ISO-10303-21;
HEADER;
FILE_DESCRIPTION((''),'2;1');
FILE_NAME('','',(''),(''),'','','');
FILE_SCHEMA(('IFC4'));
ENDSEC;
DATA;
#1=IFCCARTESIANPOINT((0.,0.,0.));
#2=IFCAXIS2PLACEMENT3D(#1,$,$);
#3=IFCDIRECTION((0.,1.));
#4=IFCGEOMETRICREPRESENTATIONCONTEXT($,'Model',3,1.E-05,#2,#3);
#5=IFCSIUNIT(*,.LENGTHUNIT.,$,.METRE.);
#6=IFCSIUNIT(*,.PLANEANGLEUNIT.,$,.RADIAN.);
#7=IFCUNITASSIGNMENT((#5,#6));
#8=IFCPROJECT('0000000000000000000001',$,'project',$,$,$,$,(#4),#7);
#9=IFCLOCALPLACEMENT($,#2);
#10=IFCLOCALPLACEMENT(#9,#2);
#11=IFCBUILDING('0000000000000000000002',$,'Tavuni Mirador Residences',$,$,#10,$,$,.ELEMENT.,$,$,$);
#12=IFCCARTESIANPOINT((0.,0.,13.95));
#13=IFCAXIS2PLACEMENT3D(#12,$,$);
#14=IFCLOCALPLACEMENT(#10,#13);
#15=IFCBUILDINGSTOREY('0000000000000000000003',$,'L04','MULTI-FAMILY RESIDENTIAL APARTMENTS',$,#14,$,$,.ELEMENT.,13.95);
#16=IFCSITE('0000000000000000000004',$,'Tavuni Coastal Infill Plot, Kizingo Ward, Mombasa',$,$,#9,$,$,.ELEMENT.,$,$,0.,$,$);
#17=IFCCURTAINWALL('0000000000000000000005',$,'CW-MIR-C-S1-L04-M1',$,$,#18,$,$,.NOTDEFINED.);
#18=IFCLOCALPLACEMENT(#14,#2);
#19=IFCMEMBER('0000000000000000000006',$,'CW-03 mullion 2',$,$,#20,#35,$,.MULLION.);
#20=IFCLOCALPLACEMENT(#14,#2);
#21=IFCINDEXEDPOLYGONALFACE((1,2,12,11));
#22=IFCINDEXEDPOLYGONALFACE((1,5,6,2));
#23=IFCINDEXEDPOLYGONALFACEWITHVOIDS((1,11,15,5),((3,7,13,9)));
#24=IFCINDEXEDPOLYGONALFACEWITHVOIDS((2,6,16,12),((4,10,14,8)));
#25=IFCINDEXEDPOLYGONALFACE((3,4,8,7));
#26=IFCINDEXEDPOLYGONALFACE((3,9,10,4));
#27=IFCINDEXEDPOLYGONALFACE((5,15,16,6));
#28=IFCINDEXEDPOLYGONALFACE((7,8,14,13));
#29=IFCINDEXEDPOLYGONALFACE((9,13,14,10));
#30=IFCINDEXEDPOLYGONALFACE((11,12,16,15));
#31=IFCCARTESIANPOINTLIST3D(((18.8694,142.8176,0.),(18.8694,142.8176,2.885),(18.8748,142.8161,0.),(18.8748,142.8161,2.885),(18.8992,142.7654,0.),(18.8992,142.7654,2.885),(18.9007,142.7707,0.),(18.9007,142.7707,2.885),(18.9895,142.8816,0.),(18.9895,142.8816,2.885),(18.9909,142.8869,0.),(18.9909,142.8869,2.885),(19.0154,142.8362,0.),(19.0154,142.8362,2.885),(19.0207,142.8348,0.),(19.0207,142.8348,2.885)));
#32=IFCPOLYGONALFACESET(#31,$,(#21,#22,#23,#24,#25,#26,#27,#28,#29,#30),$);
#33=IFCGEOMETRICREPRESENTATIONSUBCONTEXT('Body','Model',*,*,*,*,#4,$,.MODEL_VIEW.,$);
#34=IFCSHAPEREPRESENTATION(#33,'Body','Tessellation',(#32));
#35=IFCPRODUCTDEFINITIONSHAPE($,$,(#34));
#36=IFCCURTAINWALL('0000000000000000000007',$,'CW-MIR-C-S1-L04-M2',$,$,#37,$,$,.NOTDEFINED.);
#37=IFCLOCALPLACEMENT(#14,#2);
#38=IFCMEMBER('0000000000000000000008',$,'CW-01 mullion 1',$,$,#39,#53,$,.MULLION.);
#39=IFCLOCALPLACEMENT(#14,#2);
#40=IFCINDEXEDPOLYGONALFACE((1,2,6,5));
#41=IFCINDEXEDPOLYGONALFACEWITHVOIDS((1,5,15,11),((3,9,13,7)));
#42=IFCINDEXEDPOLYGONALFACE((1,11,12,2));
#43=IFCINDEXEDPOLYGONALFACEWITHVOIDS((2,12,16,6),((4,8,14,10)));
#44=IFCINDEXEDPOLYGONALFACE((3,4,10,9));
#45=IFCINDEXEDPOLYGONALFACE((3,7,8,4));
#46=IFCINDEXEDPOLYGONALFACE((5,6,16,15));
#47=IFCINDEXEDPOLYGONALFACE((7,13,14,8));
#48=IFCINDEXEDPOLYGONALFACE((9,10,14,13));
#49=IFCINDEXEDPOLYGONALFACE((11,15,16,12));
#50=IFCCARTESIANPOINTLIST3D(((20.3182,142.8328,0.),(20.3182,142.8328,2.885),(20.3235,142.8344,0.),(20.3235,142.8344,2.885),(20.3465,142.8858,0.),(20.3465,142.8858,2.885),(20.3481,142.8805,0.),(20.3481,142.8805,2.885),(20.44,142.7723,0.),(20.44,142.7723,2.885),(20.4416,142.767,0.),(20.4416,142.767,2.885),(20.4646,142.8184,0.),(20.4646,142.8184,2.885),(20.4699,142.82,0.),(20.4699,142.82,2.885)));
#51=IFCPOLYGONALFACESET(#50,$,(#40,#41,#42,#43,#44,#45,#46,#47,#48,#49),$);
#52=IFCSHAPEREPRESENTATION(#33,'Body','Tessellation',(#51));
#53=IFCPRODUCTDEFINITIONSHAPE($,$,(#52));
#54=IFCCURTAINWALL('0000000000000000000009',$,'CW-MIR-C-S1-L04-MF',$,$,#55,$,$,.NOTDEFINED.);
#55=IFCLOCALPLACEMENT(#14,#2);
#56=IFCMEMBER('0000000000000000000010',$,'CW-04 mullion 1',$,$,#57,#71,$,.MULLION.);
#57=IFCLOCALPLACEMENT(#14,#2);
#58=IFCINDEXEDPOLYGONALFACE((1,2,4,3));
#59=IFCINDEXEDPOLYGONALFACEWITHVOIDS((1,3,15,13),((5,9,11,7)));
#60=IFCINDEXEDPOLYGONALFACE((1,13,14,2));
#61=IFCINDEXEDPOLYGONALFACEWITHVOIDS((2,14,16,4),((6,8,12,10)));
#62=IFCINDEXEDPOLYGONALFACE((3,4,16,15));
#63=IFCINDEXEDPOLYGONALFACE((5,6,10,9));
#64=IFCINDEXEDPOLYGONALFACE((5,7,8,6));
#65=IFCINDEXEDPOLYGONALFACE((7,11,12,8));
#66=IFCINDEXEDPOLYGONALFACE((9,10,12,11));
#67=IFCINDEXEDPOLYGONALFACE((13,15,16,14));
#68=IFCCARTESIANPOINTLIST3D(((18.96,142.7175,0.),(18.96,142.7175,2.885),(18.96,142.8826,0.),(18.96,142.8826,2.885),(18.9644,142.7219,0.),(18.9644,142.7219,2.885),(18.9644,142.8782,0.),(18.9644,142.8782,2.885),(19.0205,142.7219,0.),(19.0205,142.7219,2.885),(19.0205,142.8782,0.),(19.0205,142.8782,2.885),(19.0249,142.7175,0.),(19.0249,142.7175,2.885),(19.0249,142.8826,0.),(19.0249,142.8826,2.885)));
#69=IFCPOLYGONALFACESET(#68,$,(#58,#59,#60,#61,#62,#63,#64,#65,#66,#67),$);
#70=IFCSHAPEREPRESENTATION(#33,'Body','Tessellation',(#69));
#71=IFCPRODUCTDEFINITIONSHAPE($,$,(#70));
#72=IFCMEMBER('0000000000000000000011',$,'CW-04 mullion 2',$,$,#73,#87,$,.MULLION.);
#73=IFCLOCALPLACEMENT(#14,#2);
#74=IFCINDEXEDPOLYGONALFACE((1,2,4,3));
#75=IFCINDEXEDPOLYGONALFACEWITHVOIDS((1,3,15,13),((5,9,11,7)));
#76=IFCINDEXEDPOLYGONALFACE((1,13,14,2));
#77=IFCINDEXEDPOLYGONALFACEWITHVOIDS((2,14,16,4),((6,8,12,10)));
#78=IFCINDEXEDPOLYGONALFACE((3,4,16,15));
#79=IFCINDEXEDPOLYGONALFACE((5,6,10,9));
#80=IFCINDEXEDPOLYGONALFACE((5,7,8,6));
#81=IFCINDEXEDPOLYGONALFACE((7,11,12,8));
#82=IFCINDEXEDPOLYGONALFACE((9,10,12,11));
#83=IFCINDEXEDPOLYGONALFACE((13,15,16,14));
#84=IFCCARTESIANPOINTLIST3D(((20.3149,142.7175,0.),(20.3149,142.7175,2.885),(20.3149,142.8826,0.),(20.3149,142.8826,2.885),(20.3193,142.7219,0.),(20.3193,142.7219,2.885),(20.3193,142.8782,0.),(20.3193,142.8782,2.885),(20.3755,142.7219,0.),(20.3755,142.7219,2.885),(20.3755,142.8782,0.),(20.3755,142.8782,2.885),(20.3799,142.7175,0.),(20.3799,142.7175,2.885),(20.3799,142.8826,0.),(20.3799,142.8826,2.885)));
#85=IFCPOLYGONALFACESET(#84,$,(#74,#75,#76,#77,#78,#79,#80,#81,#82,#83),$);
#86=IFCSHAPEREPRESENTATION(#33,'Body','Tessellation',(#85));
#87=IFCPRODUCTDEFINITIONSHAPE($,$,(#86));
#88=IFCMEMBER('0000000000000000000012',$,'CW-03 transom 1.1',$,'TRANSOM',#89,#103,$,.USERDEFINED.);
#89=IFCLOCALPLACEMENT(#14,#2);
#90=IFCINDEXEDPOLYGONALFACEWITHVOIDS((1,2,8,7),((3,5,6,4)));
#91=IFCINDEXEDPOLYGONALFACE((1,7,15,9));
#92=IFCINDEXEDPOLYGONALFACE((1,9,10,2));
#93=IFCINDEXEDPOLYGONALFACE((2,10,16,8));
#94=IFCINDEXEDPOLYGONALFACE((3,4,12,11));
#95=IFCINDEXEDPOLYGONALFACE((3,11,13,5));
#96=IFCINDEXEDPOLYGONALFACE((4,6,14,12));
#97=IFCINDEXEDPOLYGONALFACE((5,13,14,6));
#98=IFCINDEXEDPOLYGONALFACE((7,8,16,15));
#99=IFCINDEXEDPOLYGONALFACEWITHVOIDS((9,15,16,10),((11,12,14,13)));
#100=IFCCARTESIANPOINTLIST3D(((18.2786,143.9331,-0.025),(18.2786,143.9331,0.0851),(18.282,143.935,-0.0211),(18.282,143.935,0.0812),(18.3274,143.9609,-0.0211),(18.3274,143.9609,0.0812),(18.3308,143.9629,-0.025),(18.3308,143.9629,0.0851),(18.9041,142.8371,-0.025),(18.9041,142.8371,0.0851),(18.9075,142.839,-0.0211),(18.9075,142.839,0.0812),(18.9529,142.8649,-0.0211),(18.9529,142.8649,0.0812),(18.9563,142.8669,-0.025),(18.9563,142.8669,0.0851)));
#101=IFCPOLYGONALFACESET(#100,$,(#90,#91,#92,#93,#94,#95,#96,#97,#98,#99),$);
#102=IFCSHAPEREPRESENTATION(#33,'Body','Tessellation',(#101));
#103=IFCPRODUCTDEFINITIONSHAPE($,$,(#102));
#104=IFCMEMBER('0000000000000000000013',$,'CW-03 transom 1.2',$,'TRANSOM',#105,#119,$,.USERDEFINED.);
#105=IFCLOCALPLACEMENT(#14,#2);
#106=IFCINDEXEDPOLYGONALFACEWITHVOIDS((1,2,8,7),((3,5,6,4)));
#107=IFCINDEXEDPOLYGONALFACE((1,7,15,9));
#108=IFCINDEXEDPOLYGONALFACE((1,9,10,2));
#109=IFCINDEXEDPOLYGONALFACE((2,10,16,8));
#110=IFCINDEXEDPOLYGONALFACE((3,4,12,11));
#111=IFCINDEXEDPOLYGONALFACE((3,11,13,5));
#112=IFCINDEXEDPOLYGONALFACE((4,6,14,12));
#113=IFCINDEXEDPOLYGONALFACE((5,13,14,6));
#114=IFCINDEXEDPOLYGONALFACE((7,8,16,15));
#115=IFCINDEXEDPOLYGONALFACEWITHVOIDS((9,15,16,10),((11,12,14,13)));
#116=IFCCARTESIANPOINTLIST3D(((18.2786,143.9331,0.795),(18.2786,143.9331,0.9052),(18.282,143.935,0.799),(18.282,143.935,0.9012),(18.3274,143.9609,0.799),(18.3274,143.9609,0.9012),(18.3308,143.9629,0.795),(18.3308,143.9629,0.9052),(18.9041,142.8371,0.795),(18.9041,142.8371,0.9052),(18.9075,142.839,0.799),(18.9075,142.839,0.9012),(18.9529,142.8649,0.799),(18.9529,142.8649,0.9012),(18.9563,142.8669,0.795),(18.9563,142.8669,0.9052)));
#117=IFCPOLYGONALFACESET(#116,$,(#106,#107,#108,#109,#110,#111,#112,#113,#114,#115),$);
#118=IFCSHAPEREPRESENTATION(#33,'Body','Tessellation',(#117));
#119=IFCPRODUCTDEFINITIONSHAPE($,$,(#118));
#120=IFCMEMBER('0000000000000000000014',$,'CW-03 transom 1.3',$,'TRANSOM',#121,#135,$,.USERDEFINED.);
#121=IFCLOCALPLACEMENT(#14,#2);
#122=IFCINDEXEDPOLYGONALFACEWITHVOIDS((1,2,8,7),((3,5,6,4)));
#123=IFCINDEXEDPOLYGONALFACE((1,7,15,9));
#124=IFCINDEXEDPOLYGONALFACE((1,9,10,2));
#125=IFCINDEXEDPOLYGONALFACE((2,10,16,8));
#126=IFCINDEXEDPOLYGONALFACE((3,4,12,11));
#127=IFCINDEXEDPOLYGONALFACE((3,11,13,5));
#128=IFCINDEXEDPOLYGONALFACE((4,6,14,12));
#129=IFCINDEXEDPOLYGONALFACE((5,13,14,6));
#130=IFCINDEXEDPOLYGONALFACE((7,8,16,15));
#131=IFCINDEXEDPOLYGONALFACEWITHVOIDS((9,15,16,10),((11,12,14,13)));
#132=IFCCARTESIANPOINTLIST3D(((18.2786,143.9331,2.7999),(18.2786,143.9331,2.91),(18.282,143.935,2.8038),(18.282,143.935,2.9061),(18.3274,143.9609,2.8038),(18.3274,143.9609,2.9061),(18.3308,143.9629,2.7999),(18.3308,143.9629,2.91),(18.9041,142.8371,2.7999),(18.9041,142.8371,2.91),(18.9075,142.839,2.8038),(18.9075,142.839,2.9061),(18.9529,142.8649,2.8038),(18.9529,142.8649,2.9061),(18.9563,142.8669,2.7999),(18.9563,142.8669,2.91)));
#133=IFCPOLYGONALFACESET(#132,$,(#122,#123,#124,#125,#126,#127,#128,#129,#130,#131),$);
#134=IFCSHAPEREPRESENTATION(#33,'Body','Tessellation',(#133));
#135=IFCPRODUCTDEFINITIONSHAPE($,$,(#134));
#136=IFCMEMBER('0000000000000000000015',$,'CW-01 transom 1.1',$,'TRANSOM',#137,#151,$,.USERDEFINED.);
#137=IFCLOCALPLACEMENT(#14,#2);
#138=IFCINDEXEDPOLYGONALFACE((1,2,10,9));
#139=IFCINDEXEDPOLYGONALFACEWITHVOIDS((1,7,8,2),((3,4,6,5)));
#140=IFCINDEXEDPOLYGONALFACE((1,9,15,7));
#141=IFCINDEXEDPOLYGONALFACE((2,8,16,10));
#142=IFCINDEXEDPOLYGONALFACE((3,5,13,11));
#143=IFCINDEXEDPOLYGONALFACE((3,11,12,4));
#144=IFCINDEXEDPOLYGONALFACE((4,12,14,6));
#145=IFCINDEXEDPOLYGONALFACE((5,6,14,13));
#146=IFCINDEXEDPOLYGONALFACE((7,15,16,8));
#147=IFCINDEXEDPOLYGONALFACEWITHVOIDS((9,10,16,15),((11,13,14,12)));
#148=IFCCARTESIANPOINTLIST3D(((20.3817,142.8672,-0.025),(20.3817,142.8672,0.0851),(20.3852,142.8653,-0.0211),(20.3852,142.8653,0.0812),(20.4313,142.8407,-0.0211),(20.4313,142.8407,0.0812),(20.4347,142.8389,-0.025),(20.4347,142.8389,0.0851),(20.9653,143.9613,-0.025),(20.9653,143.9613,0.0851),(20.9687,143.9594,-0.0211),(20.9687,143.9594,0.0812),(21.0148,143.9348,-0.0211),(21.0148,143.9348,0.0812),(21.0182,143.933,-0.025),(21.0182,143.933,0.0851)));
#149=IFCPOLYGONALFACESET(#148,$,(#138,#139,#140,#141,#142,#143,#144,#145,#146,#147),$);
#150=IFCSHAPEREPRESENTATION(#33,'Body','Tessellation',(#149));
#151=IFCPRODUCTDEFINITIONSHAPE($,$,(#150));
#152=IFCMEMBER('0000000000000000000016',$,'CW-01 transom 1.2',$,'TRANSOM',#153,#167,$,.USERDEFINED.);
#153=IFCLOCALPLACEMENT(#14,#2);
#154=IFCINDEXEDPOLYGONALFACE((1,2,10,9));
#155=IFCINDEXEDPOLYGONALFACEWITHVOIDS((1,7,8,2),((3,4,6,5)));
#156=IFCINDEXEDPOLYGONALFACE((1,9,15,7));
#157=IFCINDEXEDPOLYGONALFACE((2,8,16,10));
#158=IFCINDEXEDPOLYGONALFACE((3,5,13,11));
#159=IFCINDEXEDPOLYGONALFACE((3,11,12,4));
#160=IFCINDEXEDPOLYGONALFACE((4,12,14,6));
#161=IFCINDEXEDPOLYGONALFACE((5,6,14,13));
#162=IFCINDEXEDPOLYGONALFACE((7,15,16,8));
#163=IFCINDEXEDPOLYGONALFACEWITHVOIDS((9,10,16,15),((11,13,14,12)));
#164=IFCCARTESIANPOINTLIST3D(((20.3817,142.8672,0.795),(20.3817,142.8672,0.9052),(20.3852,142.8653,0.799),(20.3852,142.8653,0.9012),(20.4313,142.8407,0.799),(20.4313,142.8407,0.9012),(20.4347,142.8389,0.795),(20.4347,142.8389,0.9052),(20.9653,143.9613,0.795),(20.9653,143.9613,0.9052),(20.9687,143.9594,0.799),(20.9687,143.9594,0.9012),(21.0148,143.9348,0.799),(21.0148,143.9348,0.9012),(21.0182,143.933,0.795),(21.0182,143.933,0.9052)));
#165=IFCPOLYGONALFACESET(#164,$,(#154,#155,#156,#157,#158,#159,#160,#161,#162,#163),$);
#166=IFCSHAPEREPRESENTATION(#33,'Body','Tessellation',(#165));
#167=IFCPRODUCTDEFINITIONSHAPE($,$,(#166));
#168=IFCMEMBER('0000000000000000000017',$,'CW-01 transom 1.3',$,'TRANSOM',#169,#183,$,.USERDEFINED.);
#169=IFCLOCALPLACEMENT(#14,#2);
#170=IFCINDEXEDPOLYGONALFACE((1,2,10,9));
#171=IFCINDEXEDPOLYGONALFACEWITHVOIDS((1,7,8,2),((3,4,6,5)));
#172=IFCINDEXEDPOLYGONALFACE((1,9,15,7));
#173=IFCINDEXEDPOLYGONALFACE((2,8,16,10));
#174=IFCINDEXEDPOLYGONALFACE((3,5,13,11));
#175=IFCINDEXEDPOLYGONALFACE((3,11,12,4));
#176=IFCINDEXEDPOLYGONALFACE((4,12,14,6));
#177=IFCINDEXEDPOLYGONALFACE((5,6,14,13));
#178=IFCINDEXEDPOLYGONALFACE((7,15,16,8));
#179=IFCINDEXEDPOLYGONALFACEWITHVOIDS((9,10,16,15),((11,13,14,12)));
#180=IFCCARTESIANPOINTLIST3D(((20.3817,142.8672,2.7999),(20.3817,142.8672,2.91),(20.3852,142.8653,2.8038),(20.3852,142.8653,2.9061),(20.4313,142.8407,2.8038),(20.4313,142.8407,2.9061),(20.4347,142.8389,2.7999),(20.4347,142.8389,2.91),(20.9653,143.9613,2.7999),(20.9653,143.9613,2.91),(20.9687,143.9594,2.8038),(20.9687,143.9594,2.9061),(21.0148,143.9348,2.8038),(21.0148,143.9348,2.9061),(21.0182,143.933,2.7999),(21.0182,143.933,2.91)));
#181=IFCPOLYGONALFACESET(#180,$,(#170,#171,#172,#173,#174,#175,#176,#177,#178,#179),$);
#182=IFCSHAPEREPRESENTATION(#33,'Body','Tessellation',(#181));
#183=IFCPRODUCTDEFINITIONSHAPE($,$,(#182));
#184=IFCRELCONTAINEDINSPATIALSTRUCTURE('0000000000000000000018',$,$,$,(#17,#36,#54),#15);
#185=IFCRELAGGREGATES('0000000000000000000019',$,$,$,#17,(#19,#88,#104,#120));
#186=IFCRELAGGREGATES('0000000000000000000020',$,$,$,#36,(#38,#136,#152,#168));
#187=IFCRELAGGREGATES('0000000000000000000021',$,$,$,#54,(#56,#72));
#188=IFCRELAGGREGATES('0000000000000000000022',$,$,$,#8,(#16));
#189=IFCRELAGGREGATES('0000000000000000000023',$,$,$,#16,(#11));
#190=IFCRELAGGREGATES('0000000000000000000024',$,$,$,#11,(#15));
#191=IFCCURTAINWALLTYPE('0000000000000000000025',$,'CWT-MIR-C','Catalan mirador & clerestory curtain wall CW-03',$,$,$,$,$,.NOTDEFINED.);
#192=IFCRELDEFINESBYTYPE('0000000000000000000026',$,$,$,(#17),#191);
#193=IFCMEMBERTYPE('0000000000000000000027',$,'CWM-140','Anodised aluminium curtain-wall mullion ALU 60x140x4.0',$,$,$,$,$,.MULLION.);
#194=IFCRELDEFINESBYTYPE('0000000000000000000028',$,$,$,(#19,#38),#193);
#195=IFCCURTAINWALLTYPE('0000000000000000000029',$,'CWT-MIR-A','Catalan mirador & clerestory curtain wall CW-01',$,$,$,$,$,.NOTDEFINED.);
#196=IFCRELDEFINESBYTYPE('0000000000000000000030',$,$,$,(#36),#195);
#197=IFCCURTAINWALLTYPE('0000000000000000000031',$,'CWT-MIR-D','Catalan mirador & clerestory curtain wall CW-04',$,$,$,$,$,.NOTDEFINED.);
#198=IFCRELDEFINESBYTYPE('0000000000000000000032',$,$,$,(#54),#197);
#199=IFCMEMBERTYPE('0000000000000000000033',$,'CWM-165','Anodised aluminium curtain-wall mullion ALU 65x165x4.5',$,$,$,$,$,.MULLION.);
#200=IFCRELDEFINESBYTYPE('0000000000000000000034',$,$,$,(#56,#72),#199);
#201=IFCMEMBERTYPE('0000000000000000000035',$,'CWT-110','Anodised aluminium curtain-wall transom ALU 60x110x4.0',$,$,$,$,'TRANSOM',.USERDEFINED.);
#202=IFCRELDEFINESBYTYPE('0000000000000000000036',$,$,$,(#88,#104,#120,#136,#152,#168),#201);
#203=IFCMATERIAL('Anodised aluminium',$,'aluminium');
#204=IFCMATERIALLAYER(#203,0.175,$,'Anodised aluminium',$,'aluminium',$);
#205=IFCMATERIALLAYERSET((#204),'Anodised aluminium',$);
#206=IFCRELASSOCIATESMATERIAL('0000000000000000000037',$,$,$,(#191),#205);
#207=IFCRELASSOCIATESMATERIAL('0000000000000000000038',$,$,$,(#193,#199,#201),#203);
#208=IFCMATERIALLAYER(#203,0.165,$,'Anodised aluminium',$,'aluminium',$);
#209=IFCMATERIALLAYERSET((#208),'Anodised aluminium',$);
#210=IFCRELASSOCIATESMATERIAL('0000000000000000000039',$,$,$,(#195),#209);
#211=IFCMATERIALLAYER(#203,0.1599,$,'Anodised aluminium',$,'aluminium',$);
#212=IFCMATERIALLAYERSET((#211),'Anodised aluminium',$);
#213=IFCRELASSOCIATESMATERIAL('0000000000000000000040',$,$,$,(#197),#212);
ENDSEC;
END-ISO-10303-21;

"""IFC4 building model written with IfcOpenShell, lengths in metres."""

from ifc_helpers import new_model, si_unit, direction, frame, origin, origin_2d, place, context, subcontext, project, spatial, hollow_rectangle, extrude, material, layer, layer_set, material_profile, profile_set, type_object, element, aggregate, save


model = new_model("IFC4")

# Units and contexts
model_context = context("Model", 3, precision=1e-05, world=origin(), true_north=direction((0.0, 1.0)))
body_context = subcontext(model_context, "Body", "Model", "MODEL_VIEW")
ifc_project = project(units=[si_unit("LENGTHUNIT", "METRE"), si_unit("PLANEANGLEUNIT", "RADIAN")], contexts=[model_context])

# Site, building, storey
site_placement = place(None, origin())
site = spatial("IfcSite", under=ifc_project, at=site_placement, Name="Tavuni Coastal Infill Plot, Kizingo Ward, Mombasa", CompositionType="ELEMENT", RefElevation=0.0)
building_placement = place(site_placement, origin())
building = spatial("IfcBuilding", under=site, at=building_placement, Name="Tavuni Mirador Residences", CompositionType="ELEMENT")
storey_placement = place(building_placement, frame((0.0, 0.0, 13.95)))
storey = spatial("IfcBuildingStorey", under=building, at=storey_placement, Name="L04", Description="MULTI-FAMILY RESIDENTIAL APARTMENTS", CompositionType="ELEMENT", Elevation=13.95)

# Curtain walls, members
ifc_material_1 = material(Name="Anodised aluminium", Category="aluminium")
ifc_layer_1 = layer(ifc_material_1, 0.175, Name="Anodised aluminium", Category="aluminium")
ifc_layer_set_1 = layer_set([ifc_layer_1], Name="Anodised aluminium")
curtain_wall_type_1 = type_object("IfcCurtainWallType", Name="CWT-MIR-C", Description="Catalan mirador & clerestory curtain wall CW-03", PredefinedType="NOTDEFINED", material=ifc_layer_set_1)
curtain_wall_1_placement = place(storey_placement, origin())
curtain_wall_1 = element("IfcCurtainWall", 1, at=curtain_wall_1_placement, inside=storey, type_object=curtain_wall_type_1, Name="CW-MIR-C-S1-L04-M1", PredefinedType="NOTDEFINED")
ifc_material_profile_1 = material_profile(ifc_material_1, hollow_rectangle(XDim=0.0601, YDim=0.1399, WallThickness=0.0039, at=origin_2d()), Name="ALU 60x140x4.0", Category="aluminium")
ifc_profile_set_1 = profile_set([ifc_material_profile_1], Name="Anodised aluminium")
member_type_1 = type_object("IfcMemberType", Name="CWM-140", Description="Anodised aluminium curtain-wall mullion ALU 60x140x4.0", PredefinedType="MULLION", material=ifc_profile_set_1)
member_1_placement = place(storey_placement, frame((18.9451, 142.8262, 0.0), z_axis=(0.0, 0.0, 1.0), x_axis=(0.495749, -0.868466, 0.0)))
member_1 = element("IfcMember", 2, at=member_1_placement, type_object=member_type_1, Name="CW-03 mullion 2", PredefinedType="MULLION", context=body_context, shape_type="SweptSolid", body=[
    extrude(hollow_rectangle(XDim=0.0601, YDim=0.1399, WallThickness=0.0039, at=origin_2d()), origin(), (0.0, 0.0, 1.0), 2.885),
])
ifc_layer_2 = layer(ifc_material_1, 0.165, Name="Anodised aluminium", Category="aluminium")
ifc_layer_set_2 = layer_set([ifc_layer_2], Name="Anodised aluminium")
curtain_wall_type_2 = type_object("IfcCurtainWallType", Name="CWT-MIR-A", Description="Catalan mirador & clerestory curtain wall CW-01", PredefinedType="NOTDEFINED", material=ifc_layer_set_2)
curtain_wall_2_placement = place(storey_placement, origin())
curtain_wall_2 = element("IfcCurtainWall", 3, at=curtain_wall_2_placement, inside=storey, type_object=curtain_wall_type_2, Name="CW-MIR-C-S1-L04-M2", PredefinedType="NOTDEFINED")
member_2_placement = place(storey_placement, frame((20.394, 142.8264, 0.0), z_axis=(0.0, 0.0, 1.0), x_axis=(0.470588, 0.882353, 0.0)))
member_2 = element("IfcMember", 4, at=member_2_placement, type_object=member_type_1, Name="CW-01 mullion 1", PredefinedType="MULLION", context=body_context, shape_type="SweptSolid", body=[
    extrude(hollow_rectangle(XDim=0.0601, YDim=0.1399, WallThickness=0.0039, at=origin_2d()), origin(), (0.0, 0.0, 1.0), 2.885),
])

# Curtain wall, members
ifc_layer_3 = layer(ifc_material_1, 0.1599, Name="Anodised aluminium", Category="aluminium")
ifc_layer_set_3 = layer_set([ifc_layer_3], Name="Anodised aluminium")
curtain_wall_type_3 = type_object("IfcCurtainWallType", Name="CWT-MIR-D", Description="Catalan mirador & clerestory curtain wall CW-04", PredefinedType="NOTDEFINED", material=ifc_layer_set_3)
curtain_wall_3_placement = place(storey_placement, origin())
curtain_wall_3 = element("IfcCurtainWall", 5, at=curtain_wall_3_placement, inside=storey, type_object=curtain_wall_type_3, Name="CW-MIR-C-S1-L04-MF", PredefinedType="NOTDEFINED")
ifc_material_profile_2 = material_profile(ifc_material_1, hollow_rectangle(XDim=0.0649, YDim=0.165, WallThickness=0.0044, at=origin_2d()), Name="ALU 65x165x4.5", Category="aluminium")
ifc_profile_set_2 = profile_set([ifc_material_profile_2], Name="Anodised aluminium")
member_type_2 = type_object("IfcMemberType", Name="CWM-165", Description="Anodised aluminium curtain-wall mullion ALU 65x165x4.5", PredefinedType="MULLION", material=ifc_profile_set_2)
member_3_placement = place(storey_placement, frame((18.9924, 142.8, 0.0), z_axis=(0.0, 0.0, 1.0), x_axis=(1.0, 0.0, 0.0)))
member_3 = element("IfcMember", 6, at=member_3_placement, type_object=member_type_2, Name="CW-04 mullion 1", PredefinedType="MULLION", context=body_context, shape_type="SweptSolid", body=[
    extrude(hollow_rectangle(XDim=0.0649, YDim=0.165, WallThickness=0.0044, at=origin_2d()), origin(), (0.0, 0.0, 1.0), 2.885),
])
member_4_placement = place(storey_placement, frame((20.3474, 142.8, 0.0), z_axis=(0.0, 0.0, 1.0), x_axis=(1.0, 0.0, 0.0)))
member_4 = element("IfcMember", 7, at=member_4_placement, type_object=member_type_2, Name="CW-04 mullion 2", PredefinedType="MULLION", context=body_context, shape_type="SweptSolid", body=[
    extrude(hollow_rectangle(XDim=0.0649, YDim=0.165, WallThickness=0.0044, at=origin_2d()), origin(), (0.0, 0.0, 1.0), 2.885),
])

# Members
ifc_material_profile_3 = material_profile(ifc_material_1, hollow_rectangle(XDim=0.0601, YDim=0.1101, WallThickness=0.0039, at=origin_2d()), Name="ALU 60x110x4.0", Category="aluminium")
ifc_profile_set_3 = profile_set([ifc_material_profile_3], Name="Anodised aluminium")
member_type_3 = type_object("IfcMemberType", Name="CWT-110", Description="Anodised aluminium curtain-wall transom ALU 60x110x4.0", ElementType="TRANSOM", PredefinedType="USERDEFINED", material=ifc_profile_set_3)
member_5_placement = place(storey_placement, frame((18.3047, 143.948, 0.03), z_axis=(0.49568, -0.868505, 0.0), x_axis=(0.868505, 0.49568, 0.0)))
member_5 = element("IfcMember", 8, at=member_5_placement, type_object=member_type_3, Name="CW-03 transom 1.1", ObjectType="TRANSOM", PredefinedType="USERDEFINED", context=body_context, shape_type="SweptSolid", body=[
    extrude(hollow_rectangle(XDim=0.0601, YDim=0.1101, WallThickness=0.0039, at=origin_2d()), origin(), (0.0, 0.0, 1.0), 1.262),
])
member_6_placement = place(storey_placement, frame((18.3047, 143.948, 0.8501), z_axis=(0.49568, -0.868505, 0.0), x_axis=(0.868505, 0.49568, 0.0)))
member_6 = element("IfcMember", 9, at=member_6_placement, type_object=member_type_3, Name="CW-03 transom 1.2", ObjectType="TRANSOM", PredefinedType="USERDEFINED", context=body_context, shape_type="SweptSolid", body=[
    extrude(hollow_rectangle(XDim=0.0601, YDim=0.1101, WallThickness=0.0039, at=origin_2d()), origin(), (0.0, 0.0, 1.0), 1.262),
])
member_7_placement = place(storey_placement, frame((18.3047, 143.948, 2.855), z_axis=(0.49568, -0.868505, 0.0), x_axis=(0.868505, 0.49568, 0.0)))
member_7 = element("IfcMember", 10, at=member_7_placement, type_object=member_type_3, Name="CW-03 transom 1.3", ObjectType="TRANSOM", PredefinedType="USERDEFINED", context=body_context, shape_type="SweptSolid", body=[
    extrude(hollow_rectangle(XDim=0.0601, YDim=0.1101, WallThickness=0.0039, at=origin_2d()), origin(), (0.0, 0.0, 1.0), 1.262),
])
member_8_placement = place(storey_placement, frame((20.4082, 142.853, 0.03), z_axis=(0.470609, 0.882342, 0.0), x_axis=(-0.882342, 0.470609, 0.0)))
member_8 = element("IfcMember", 11, at=member_8_placement, type_object=member_type_3, Name="CW-01 transom 1.1", ObjectType="TRANSOM", PredefinedType="USERDEFINED", context=body_context, shape_type="SweptSolid", body=[
    extrude(hollow_rectangle(XDim=0.0601, YDim=0.1101, WallThickness=0.0039, at=origin_2d()), origin(), (0.0, 0.0, 1.0), 1.24),
])
member_9_placement = place(storey_placement, frame((20.4082, 142.853, 0.8501), z_axis=(0.470609, 0.882342, 0.0), x_axis=(-0.882342, 0.470609, 0.0)))
member_9 = element("IfcMember", 12, at=member_9_placement, type_object=member_type_3, Name="CW-01 transom 1.2", ObjectType="TRANSOM", PredefinedType="USERDEFINED", context=body_context, shape_type="SweptSolid", body=[
    extrude(hollow_rectangle(XDim=0.0601, YDim=0.1101, WallThickness=0.0039, at=origin_2d()), origin(), (0.0, 0.0, 1.0), 1.24),
])
member_10_placement = place(storey_placement, frame((20.4082, 142.853, 2.855), z_axis=(0.470609, 0.882342, 0.0), x_axis=(-0.882342, 0.470609, 0.0)))
member_10 = element("IfcMember", 13, at=member_10_placement, type_object=member_type_3, Name="CW-01 transom 1.3", ObjectType="TRANSOM", PredefinedType="USERDEFINED", context=body_context, shape_type="SweptSolid", body=[
    extrude(hollow_rectangle(XDim=0.0601, YDim=0.1101, WallThickness=0.0039, at=origin_2d()), origin(), (0.0, 0.0, 1.0), 1.24),
])

aggregate(curtain_wall_1, [member_1, member_5, member_6, member_7])
aggregate(curtain_wall_2, [member_2, member_8, member_9, member_10])
aggregate(curtain_wall_3, [member_3, member_4])

save(model, "model.ifc")
